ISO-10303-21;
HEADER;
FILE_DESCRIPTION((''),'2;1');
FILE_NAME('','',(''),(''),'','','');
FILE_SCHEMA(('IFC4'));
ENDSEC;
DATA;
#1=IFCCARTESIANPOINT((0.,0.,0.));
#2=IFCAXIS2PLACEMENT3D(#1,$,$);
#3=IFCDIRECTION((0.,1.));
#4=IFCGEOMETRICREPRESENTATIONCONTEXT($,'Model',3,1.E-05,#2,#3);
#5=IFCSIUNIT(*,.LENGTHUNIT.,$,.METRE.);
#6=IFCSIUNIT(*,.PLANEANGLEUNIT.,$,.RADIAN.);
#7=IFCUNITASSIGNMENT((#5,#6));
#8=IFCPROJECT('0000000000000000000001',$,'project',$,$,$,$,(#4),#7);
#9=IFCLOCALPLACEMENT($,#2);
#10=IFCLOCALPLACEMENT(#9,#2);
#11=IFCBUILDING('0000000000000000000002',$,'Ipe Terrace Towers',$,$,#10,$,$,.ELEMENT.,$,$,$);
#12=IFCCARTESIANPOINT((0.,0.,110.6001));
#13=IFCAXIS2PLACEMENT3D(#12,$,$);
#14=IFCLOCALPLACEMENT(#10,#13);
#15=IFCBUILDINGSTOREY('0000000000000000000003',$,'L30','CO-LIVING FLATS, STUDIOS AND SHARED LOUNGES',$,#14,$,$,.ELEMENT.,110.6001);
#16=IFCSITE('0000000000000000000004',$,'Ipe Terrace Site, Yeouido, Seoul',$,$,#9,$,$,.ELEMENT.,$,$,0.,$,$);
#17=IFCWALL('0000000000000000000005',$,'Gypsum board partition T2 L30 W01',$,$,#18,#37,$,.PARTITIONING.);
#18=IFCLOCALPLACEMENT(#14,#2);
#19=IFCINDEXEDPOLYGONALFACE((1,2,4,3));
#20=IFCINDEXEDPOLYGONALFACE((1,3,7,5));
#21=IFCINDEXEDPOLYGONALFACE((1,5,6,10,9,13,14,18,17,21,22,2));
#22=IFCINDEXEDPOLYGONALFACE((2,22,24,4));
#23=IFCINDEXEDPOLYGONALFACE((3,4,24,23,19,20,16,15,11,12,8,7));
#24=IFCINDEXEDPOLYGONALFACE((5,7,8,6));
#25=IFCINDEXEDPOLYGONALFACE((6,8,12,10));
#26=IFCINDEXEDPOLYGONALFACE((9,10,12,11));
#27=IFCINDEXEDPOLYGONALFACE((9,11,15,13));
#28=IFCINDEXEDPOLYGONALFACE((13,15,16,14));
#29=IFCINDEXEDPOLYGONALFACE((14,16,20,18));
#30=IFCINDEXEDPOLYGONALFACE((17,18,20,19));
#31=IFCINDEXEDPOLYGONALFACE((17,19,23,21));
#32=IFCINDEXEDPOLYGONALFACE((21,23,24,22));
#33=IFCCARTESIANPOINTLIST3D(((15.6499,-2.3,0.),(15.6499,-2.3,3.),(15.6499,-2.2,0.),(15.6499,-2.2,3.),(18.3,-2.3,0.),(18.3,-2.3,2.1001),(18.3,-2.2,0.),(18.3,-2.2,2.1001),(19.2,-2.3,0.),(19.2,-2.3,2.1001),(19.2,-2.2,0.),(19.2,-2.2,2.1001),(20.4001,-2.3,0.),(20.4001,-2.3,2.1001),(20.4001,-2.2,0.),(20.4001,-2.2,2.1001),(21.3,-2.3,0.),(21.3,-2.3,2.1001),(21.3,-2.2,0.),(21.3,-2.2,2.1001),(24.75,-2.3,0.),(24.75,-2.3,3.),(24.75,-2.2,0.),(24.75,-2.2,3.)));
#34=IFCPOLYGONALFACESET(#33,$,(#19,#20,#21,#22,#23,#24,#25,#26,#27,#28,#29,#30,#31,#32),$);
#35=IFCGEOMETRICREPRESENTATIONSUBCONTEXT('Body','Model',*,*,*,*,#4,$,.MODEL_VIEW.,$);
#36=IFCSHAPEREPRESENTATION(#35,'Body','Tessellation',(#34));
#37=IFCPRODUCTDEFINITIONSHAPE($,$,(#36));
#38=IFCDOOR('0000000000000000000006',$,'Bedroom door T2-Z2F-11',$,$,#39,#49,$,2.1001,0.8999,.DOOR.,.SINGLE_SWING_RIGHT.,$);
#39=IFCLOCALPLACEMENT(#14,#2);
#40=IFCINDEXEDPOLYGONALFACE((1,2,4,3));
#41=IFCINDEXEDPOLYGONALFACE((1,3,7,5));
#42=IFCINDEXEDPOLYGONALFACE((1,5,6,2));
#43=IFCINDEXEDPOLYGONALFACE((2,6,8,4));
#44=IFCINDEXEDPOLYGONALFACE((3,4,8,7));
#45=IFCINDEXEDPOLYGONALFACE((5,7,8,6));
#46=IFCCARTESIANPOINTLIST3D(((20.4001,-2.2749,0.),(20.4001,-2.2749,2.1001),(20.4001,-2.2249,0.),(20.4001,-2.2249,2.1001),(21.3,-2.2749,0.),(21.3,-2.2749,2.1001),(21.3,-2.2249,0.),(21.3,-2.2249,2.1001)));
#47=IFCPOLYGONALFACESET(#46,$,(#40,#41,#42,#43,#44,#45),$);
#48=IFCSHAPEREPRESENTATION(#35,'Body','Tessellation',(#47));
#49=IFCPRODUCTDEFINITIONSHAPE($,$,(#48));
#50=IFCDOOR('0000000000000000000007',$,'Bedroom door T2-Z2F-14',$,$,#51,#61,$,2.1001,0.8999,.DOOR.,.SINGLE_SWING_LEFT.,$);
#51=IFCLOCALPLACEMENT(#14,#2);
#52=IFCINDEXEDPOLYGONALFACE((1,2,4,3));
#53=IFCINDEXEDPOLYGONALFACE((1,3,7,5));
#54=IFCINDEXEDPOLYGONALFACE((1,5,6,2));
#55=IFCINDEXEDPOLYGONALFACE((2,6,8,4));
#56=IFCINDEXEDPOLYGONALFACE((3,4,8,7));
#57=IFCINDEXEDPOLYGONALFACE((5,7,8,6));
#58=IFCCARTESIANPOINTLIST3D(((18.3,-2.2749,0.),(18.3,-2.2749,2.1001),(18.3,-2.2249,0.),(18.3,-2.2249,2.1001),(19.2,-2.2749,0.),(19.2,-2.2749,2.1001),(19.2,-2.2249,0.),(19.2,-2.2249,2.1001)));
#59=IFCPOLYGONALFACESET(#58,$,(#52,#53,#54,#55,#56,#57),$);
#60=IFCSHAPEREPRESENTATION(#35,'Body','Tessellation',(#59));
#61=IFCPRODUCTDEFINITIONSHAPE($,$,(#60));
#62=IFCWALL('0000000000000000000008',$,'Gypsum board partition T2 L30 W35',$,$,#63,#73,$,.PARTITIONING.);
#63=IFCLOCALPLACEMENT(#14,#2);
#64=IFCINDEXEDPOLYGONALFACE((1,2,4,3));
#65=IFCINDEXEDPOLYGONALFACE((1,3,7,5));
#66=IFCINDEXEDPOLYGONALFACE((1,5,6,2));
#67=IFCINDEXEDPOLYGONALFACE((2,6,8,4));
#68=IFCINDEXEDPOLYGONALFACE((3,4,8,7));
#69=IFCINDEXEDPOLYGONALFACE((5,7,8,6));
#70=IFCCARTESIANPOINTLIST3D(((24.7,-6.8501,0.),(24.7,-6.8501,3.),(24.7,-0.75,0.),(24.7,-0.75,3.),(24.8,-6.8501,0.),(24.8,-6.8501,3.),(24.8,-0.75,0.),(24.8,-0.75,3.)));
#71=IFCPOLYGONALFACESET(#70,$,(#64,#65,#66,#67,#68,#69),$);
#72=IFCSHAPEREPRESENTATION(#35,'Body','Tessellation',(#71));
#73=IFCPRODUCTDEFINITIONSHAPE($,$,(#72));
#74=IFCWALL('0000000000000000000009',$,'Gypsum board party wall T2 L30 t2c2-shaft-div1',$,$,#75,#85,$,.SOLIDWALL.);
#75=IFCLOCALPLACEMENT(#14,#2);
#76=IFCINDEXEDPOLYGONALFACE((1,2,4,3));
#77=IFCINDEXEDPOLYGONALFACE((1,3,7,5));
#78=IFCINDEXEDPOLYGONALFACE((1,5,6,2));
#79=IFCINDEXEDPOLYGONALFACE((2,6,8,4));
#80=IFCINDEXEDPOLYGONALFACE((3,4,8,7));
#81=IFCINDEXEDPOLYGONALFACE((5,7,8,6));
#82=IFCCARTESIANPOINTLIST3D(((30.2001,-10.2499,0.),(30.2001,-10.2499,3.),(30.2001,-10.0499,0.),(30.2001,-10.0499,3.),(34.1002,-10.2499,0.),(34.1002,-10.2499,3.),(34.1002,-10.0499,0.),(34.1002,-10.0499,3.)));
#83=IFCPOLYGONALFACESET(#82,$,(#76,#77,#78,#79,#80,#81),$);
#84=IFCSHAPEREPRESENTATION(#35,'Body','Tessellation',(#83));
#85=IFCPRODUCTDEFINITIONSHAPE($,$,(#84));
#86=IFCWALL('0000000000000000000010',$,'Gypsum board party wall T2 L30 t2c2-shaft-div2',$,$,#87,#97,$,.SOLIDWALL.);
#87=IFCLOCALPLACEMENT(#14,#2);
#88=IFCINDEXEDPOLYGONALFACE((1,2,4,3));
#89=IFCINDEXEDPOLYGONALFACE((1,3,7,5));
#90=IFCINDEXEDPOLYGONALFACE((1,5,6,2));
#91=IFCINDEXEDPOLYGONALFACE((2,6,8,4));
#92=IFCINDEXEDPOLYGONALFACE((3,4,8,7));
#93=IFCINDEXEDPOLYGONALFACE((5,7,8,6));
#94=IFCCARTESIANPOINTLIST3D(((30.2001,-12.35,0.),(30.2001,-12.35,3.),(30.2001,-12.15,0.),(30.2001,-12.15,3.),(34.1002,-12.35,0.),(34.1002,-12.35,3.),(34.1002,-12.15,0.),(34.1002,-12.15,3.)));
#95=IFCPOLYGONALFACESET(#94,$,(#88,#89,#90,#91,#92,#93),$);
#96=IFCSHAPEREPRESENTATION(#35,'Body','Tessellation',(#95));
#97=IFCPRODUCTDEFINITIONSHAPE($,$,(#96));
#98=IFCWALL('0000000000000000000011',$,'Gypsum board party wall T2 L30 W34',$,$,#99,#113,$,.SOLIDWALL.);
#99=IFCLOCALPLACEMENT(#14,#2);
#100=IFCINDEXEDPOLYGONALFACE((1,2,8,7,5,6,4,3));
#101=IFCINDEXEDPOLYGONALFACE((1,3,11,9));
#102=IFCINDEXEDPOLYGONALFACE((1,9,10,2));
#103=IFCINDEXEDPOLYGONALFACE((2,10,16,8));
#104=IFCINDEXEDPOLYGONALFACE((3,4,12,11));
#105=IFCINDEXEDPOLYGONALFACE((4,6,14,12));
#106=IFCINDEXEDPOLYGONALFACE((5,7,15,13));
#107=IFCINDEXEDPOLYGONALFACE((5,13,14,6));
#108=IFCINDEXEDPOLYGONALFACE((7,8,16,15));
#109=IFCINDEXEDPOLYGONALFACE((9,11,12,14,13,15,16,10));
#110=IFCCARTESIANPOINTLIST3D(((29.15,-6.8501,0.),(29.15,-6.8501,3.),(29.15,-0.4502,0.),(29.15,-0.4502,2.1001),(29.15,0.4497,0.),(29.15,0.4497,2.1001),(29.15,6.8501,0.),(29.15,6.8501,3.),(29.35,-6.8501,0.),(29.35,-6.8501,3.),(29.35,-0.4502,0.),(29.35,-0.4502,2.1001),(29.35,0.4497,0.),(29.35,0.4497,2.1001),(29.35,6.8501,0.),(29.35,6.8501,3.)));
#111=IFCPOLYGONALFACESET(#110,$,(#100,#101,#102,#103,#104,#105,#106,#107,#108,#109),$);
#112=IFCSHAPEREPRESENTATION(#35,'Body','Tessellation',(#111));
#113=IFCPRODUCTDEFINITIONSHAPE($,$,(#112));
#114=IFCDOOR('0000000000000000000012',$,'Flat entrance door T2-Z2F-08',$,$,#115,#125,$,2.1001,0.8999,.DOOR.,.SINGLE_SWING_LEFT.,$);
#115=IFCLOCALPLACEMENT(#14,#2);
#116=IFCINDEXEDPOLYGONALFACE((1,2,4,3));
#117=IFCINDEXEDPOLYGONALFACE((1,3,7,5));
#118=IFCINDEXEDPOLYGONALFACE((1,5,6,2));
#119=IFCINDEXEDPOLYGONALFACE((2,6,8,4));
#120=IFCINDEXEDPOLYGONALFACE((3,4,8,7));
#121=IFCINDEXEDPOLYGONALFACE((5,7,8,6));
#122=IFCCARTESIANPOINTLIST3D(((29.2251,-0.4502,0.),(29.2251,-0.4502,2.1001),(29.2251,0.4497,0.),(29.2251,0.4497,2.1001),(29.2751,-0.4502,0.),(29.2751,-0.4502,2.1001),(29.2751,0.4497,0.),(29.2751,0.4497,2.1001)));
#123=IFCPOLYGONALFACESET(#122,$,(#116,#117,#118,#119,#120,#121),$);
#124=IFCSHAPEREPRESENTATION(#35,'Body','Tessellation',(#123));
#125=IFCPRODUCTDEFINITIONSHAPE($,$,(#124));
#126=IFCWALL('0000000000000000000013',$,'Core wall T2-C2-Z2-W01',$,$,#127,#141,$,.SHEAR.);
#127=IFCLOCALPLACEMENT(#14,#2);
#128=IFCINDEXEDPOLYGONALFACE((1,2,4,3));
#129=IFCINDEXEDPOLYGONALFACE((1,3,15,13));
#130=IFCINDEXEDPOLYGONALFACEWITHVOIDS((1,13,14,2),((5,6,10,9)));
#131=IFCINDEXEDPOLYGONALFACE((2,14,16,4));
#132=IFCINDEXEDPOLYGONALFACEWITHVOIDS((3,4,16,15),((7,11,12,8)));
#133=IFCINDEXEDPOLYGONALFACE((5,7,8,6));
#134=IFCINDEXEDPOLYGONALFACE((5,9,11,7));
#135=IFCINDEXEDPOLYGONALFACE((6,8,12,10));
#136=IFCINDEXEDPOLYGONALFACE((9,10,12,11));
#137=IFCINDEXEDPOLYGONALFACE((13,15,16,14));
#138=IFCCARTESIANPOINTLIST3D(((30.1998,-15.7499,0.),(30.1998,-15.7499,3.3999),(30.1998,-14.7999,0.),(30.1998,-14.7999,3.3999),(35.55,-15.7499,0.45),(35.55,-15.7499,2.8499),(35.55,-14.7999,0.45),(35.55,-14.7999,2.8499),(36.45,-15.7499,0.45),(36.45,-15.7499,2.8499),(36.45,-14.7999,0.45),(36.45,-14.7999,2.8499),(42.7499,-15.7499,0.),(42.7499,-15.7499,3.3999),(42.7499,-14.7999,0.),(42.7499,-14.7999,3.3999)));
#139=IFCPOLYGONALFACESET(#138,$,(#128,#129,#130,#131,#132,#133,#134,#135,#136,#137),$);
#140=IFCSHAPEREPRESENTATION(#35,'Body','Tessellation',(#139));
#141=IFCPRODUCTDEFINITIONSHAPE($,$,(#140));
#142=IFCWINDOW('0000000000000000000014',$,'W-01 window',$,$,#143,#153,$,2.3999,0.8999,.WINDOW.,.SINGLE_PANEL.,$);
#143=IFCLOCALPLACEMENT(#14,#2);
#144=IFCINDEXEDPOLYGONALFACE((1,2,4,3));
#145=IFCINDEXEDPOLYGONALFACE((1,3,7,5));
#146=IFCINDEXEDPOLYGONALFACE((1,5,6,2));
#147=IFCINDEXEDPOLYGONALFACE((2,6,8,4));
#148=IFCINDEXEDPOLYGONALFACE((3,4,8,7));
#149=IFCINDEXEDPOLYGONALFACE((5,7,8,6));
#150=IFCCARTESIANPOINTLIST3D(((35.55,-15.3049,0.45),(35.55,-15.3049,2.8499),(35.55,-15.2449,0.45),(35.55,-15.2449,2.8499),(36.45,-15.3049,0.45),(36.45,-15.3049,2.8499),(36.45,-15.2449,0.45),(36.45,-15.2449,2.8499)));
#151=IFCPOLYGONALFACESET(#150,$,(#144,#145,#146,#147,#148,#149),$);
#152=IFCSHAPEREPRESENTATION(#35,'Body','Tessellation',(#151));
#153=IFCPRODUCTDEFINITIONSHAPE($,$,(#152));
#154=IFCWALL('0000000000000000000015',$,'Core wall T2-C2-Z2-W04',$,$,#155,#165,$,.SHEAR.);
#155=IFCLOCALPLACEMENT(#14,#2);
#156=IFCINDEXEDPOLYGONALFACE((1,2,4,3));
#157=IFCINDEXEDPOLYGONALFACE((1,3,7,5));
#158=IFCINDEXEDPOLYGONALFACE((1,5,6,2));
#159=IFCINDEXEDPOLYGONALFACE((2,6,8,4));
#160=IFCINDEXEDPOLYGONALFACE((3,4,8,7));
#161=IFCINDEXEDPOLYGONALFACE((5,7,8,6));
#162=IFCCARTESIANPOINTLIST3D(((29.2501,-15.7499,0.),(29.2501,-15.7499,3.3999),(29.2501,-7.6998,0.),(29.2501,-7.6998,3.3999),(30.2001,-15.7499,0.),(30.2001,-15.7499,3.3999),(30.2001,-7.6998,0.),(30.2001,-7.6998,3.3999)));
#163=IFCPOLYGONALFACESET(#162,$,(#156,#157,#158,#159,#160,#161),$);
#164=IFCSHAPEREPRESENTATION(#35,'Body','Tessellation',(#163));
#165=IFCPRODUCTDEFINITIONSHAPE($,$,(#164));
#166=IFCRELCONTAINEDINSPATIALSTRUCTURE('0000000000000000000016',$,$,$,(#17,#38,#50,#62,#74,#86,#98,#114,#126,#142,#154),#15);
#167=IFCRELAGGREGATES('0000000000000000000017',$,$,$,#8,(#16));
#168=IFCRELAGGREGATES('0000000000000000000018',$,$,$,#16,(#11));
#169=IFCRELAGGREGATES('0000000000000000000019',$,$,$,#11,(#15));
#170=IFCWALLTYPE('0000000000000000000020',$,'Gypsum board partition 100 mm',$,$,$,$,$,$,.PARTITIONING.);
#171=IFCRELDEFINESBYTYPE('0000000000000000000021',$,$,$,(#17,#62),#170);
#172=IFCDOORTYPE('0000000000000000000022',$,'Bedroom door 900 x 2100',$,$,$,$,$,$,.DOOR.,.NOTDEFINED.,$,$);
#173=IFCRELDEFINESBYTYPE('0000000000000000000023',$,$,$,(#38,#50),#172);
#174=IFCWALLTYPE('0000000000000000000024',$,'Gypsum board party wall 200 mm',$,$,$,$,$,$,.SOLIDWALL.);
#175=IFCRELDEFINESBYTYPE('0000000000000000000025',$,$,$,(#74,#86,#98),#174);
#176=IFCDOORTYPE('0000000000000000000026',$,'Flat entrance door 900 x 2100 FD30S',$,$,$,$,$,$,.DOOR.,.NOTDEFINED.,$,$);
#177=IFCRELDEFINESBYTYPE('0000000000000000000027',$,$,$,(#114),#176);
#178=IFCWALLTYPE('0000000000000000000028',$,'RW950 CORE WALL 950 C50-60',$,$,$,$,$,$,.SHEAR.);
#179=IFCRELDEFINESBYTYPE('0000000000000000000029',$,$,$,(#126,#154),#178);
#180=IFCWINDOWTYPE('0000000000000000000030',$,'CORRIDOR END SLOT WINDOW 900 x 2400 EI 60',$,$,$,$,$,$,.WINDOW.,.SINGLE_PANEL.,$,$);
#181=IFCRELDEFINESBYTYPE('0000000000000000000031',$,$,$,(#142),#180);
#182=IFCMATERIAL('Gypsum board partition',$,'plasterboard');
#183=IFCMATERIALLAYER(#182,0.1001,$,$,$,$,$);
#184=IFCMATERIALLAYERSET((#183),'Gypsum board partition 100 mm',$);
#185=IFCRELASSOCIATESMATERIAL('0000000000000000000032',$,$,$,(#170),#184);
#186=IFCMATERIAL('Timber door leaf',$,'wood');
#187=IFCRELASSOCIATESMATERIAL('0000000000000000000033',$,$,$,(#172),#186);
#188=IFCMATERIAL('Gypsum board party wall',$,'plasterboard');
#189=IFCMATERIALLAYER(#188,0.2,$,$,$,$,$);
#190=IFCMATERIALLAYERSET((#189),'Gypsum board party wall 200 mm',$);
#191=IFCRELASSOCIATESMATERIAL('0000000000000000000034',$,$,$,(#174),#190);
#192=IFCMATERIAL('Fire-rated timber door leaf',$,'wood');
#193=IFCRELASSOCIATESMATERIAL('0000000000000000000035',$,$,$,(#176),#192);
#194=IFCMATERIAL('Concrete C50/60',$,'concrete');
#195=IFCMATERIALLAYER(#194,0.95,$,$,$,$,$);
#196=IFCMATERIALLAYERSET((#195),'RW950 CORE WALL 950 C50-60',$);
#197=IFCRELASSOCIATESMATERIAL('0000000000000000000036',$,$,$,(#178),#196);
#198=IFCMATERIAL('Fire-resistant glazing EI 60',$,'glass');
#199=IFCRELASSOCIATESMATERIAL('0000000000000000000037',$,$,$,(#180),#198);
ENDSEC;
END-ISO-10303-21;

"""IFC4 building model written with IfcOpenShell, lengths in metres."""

from ifc_helpers import new_model, si_unit, direction, frame, frame_2d, origin, place, context, subcontext, project, spatial, rectangle, extrude, material, layer, layer_set, type_object, element, fill, save


model = new_model("IFC4")

# Units and contexts
model_context = context("Model", 3, precision=1e-05, world=origin(), true_north=direction((0.0, 1.0)))
body_context = subcontext(model_context, "Body", "Model", "MODEL_VIEW")
ifc_project = project(units=[si_unit("LENGTHUNIT", "METRE"), si_unit("PLANEANGLEUNIT", "RADIAN")], contexts=[model_context])

# Site, building, storey
site_placement = place(None, origin())
site = spatial("IfcSite", under=ifc_project, at=site_placement, Name="Ipe Terrace Site, Yeouido, Seoul", CompositionType="ELEMENT", RefElevation=0.0)
building_placement = place(site_placement, origin())
building = spatial("IfcBuilding", under=site, at=building_placement, Name="Ipe Terrace Towers", CompositionType="ELEMENT")
storey_placement = place(building_placement, frame((0.0, 0.0, 110.6001)))
storey = spatial("IfcBuildingStorey", under=building, at=storey_placement, Name="L30", Description="CO-LIVING FLATS, STUDIOS AND SHARED LOUNGES", CompositionType="ELEMENT", Elevation=110.6001)

# Wall, openings, doors
ifc_material_1 = material(Name="Gypsum board partition", Category="plasterboard")
ifc_layer_1 = layer(ifc_material_1, 0.1001)
ifc_layer_set_1 = layer_set([ifc_layer_1], Name="Gypsum board partition 100 mm")
wall_type_1 = type_object("IfcWallType", Name="Gypsum board partition 100 mm", PredefinedType="PARTITIONING", material=ifc_layer_set_1)
wall_1_placement = place(storey_placement, frame((24.75, -2.25, 0.0), z_axis=(0.0, 0.0, 1.0), x_axis=(-1.0, 0.0, 0.0)))
wall_1 = element("IfcWall", 1, at=wall_1_placement, inside=storey, type_object=wall_type_1, Name="Gypsum board partition T2 L30 W01", PredefinedType="PARTITIONING", context=body_context, shape_type="SweptSolid", body=[
    extrude(rectangle(XDim=9.1001, YDim=0.1001, at=frame_2d((4.55, 0.0))), origin(), (0.0, 0.0, 1.0), 3.0),
])
opening_1_placement = place(wall_1_placement, frame((3.45, 0.0, 0.0)))
opening_1 = element("IfcOpeningElement", 2, at=opening_1_placement, cuts=wall_1, PredefinedType="OPENING", context=body_context, shape_type="SweptSolid", body=[
    extrude(rectangle(XDim=0.8999, YDim=2.1001, at=frame_2d((0.45, 1.05))), frame((0.0, 0.0601, 0.0), z_axis=(0.0, -1.0, 0.0), x_axis=(1.0, 0.0, 0.0)), (0.0, 0.0, 1.0), 0.1201),
])
opening_2_placement = place(wall_1_placement, frame((5.55, 0.0, 0.0)))
opening_2 = element("IfcOpeningElement", 3, at=opening_2_placement, cuts=wall_1, PredefinedType="OPENING", context=body_context, shape_type="SweptSolid", body=[
    extrude(rectangle(XDim=0.8999, YDim=2.1001, at=frame_2d((0.45, 1.05))), frame((0.0, 0.0601, 0.0), z_axis=(0.0, -1.0, 0.0), x_axis=(1.0, 0.0, 0.0)), (0.0, 0.0, 1.0), 0.1201),
])
ifc_material_2 = material(Name="Timber door leaf", Category="wood")
door_type_1 = type_object("IfcDoorType", Name="Bedroom door 900 x 2100", OperationType="NOTDEFINED", PredefinedType="DOOR", material=ifc_material_2)
door_1_placement = place(opening_1_placement, origin())
door_1 = element("IfcDoor", 4, at=door_1_placement, inside=storey, type_object=door_type_1, Name="Bedroom door T2-Z2F-11", OperationType="SINGLE_SWING_RIGHT", OverallHeight=2.1001, OverallWidth=0.8999, PredefinedType="DOOR", context=body_context, shape_type="SweptSolid", body=[
    extrude(rectangle(XDim=0.8999, YDim=2.1001, at=frame_2d((0.45, 1.05))), frame((0.0, 0.0249, 0.0), z_axis=(0.0, -1.0, 0.0), x_axis=(1.0, 0.0, 0.0)), (0.0, 0.0, 1.0), 0.05),
])
fill(opening_1, door_1)
door_2_placement = place(opening_2_placement, origin())
door_2 = element("IfcDoor", 5, at=door_2_placement, inside=storey, type_object=door_type_1, Name="Bedroom door T2-Z2F-14", OperationType="SINGLE_SWING_LEFT", OverallHeight=2.1001, OverallWidth=0.8999, PredefinedType="DOOR", context=body_context, shape_type="SweptSolid", body=[
    extrude(rectangle(XDim=0.8999, YDim=2.1001, at=frame_2d((0.45, 1.05))), frame((0.0, 0.0249, 0.0), z_axis=(0.0, -1.0, 0.0), x_axis=(1.0, 0.0, 0.0)), (0.0, 0.0, 1.0), 0.05),
])
fill(opening_2, door_2)

# Walls
wall_2_placement = place(storey_placement, frame((24.75, -6.8501, 0.0), z_axis=(0.0, 0.0, 1.0), x_axis=(0.0, 1.0, 0.0)))
element("IfcWall", 6, at=wall_2_placement, inside=storey, type_object=wall_type_1, Name="Gypsum board partition T2 L30 W35", PredefinedType="PARTITIONING", context=body_context, shape_type="SweptSolid", body=[
    extrude(rectangle(XDim=6.1001, YDim=0.1001, at=frame_2d((3.05, 0.0))), origin(), (0.0, 0.0, 1.0), 3.0),
])
ifc_material_3 = material(Name="Gypsum board party wall", Category="plasterboard")
ifc_layer_2 = layer(ifc_material_3, 0.2)
ifc_layer_set_2 = layer_set([ifc_layer_2], Name="Gypsum board party wall 200 mm")
wall_type_2 = type_object("IfcWallType", Name="Gypsum board party wall 200 mm", PredefinedType="SOLIDWALL", material=ifc_layer_set_2)
for number, where, z_axis, x_axis, name in (
    (7, (30.2, -10.1499, 0.0), (0.0, 0.0, 1.0), (1.0, 0.0, 0.0), "Gypsum board party wall T2 L30 t2c2-shaft-div1"),
    (8, (30.2, -12.25, 0.0), (0.0, 0.0, 1.0), (1.0, 0.0, 0.0), "Gypsum board party wall T2 L30 t2c2-shaft-div2"),
):
    element("IfcWall", number, at=place(storey_placement, frame(where, z_axis=z_axis, x_axis=x_axis)), inside=storey, type_object=wall_type_2, Name=name, PredefinedType="SOLIDWALL", context=body_context, shape_type="SweptSolid", body=[
        extrude(rectangle(XDim=3.9001, YDim=0.2, at=frame_2d((1.9502, 0.0))), origin(), (0.0, 0.0, 1.0), 3.0),
    ])

# Wall, opening, door
wall_3_placement = place(storey_placement, frame((29.25, -6.8501, 0.0), z_axis=(0.0, 0.0, 1.0), x_axis=(0.0, 1.0, 0.0)))
wall_3 = element("IfcWall", 9, at=wall_3_placement, inside=storey, type_object=wall_type_2, Name="Gypsum board party wall T2 L30 W34", PredefinedType="SOLIDWALL", context=body_context, shape_type="SweptSolid", body=[
    extrude(rectangle(XDim=13.7002, YDim=0.2, at=frame_2d((6.8501, 0.0))), origin(), (0.0, 0.0, 1.0), 3.0),
])
opening_3_placement = place(wall_3_placement, frame((6.3999, 0.0, 0.0)))
opening_3 = element("IfcOpeningElement", 10, at=opening_3_placement, cuts=wall_3, PredefinedType="OPENING", context=body_context, shape_type="SweptSolid", body=[
    extrude(rectangle(XDim=0.8999, YDim=2.1001, at=frame_2d((0.45, 1.05))), frame((0.0, 0.1099, 0.0), z_axis=(0.0, -1.0, 0.0), x_axis=(1.0, 0.0, 0.0)), (0.0, 0.0, 1.0), 0.22),
])
ifc_material_4 = material(Name="Fire-rated timber door leaf", Category="wood")
door_type_2 = type_object("IfcDoorType", Name="Flat entrance door 900 x 2100 FD30S", OperationType="NOTDEFINED", PredefinedType="DOOR", material=ifc_material_4)
door_3_placement = place(opening_3_placement, origin())
door_3 = element("IfcDoor", 11, at=door_3_placement, inside=storey, type_object=door_type_2, Name="Flat entrance door T2-Z2F-08", OperationType="SINGLE_SWING_LEFT", OverallHeight=2.1001, OverallWidth=0.8999, PredefinedType="DOOR", context=body_context, shape_type="SweptSolid", body=[
    extrude(rectangle(XDim=0.8999, YDim=2.1001, at=frame_2d((0.45, 1.05))), frame((0.0, 0.0249, 0.0), z_axis=(0.0, -1.0, 0.0), x_axis=(1.0, 0.0, 0.0)), (0.0, 0.0, 1.0), 0.05),
])
fill(opening_3, door_3)

# Wall, opening, window
ifc_material_5 = material(Name="Concrete C50/60", Category="concrete")
ifc_layer_3 = layer(ifc_material_5, 0.95)
ifc_layer_set_3 = layer_set([ifc_layer_3], Name="RW950 CORE WALL 950 C50-60")
wall_type_3 = type_object("IfcWallType", Name="RW950 CORE WALL 950 C50-60", PredefinedType="SHEAR", material=ifc_layer_set_3)
wall_4_placement = place(storey_placement, frame((30.2, -15.2749, 0.0), z_axis=(0.0, 0.0, 1.0), x_axis=(1.0, 0.0, 0.0)))
wall_4 = element("IfcWall", 12, at=wall_4_placement, inside=storey, type_object=wall_type_3, Name="Core wall T2-C2-Z2-W01", PredefinedType="SHEAR", context=body_context, shape_type="SweptSolid", body=[
    extrude(rectangle(XDim=12.55, YDim=0.95, at=frame_2d((6.2749, 0.0))), origin(), (0.0, 0.0, 1.0), 3.3999),
])
opening_4_placement = place(wall_4_placement, frame((5.3501, 0.0, 0.45)))
opening_4 = element("IfcOpeningElement", 13, at=opening_4_placement, cuts=wall_4, PredefinedType="OPENING", context=body_context, shape_type="SweptSolid", body=[
    extrude(rectangle(XDim=0.8999, YDim=2.3999, at=frame_2d((0.45, 1.2))), frame((0.0, 0.4849, 0.0), z_axis=(0.0, -1.0, 0.0), x_axis=(1.0, 0.0, 0.0)), (0.0, 0.0, 1.0), 0.97),
])
ifc_material_6 = material(Name="Fire-resistant glazing EI 60", Category="glass")
window_type = type_object("IfcWindowType", Name="CORRIDOR END SLOT WINDOW 900 x 2400 EI 60", PartitioningType="SINGLE_PANEL", PredefinedType="WINDOW", material=ifc_material_6)
window_placement = place(opening_4_placement, origin())
window = element("IfcWindow", 14, at=window_placement, inside=storey, type_object=window_type, Name="W-01 window", OverallHeight=2.3999, OverallWidth=0.8999, PartitioningType="SINGLE_PANEL", PredefinedType="WINDOW", context=body_context, shape_type="SweptSolid", body=[
    extrude(rectangle(XDim=0.8999, YDim=2.3999, at=frame_2d((0.45, 1.2))), frame((0.0, 0.03, 0.0), z_axis=(0.0, -1.0, 0.0), x_axis=(1.0, 0.0, 0.0)), (0.0, 0.0, 1.0), 0.0601),
])
fill(opening_4, window)

# Wall
wall_5_placement = place(storey_placement, frame((29.7251, -7.7, 0.0), z_axis=(0.0, 0.0, 1.0), x_axis=(0.0, -1.0, 0.0)))
element("IfcWall", 15, at=wall_5_placement, inside=storey, type_object=wall_type_3, Name="Core wall T2-C2-Z2-W04", PredefinedType="SHEAR", context=body_context, shape_type="SweptSolid", body=[
    extrude(rectangle(XDim=8.05, YDim=0.95, at=frame_2d((4.0249, 0.0))), origin(), (0.0, 0.0, 1.0), 3.3999),
])

save(model, "model.ifc")
